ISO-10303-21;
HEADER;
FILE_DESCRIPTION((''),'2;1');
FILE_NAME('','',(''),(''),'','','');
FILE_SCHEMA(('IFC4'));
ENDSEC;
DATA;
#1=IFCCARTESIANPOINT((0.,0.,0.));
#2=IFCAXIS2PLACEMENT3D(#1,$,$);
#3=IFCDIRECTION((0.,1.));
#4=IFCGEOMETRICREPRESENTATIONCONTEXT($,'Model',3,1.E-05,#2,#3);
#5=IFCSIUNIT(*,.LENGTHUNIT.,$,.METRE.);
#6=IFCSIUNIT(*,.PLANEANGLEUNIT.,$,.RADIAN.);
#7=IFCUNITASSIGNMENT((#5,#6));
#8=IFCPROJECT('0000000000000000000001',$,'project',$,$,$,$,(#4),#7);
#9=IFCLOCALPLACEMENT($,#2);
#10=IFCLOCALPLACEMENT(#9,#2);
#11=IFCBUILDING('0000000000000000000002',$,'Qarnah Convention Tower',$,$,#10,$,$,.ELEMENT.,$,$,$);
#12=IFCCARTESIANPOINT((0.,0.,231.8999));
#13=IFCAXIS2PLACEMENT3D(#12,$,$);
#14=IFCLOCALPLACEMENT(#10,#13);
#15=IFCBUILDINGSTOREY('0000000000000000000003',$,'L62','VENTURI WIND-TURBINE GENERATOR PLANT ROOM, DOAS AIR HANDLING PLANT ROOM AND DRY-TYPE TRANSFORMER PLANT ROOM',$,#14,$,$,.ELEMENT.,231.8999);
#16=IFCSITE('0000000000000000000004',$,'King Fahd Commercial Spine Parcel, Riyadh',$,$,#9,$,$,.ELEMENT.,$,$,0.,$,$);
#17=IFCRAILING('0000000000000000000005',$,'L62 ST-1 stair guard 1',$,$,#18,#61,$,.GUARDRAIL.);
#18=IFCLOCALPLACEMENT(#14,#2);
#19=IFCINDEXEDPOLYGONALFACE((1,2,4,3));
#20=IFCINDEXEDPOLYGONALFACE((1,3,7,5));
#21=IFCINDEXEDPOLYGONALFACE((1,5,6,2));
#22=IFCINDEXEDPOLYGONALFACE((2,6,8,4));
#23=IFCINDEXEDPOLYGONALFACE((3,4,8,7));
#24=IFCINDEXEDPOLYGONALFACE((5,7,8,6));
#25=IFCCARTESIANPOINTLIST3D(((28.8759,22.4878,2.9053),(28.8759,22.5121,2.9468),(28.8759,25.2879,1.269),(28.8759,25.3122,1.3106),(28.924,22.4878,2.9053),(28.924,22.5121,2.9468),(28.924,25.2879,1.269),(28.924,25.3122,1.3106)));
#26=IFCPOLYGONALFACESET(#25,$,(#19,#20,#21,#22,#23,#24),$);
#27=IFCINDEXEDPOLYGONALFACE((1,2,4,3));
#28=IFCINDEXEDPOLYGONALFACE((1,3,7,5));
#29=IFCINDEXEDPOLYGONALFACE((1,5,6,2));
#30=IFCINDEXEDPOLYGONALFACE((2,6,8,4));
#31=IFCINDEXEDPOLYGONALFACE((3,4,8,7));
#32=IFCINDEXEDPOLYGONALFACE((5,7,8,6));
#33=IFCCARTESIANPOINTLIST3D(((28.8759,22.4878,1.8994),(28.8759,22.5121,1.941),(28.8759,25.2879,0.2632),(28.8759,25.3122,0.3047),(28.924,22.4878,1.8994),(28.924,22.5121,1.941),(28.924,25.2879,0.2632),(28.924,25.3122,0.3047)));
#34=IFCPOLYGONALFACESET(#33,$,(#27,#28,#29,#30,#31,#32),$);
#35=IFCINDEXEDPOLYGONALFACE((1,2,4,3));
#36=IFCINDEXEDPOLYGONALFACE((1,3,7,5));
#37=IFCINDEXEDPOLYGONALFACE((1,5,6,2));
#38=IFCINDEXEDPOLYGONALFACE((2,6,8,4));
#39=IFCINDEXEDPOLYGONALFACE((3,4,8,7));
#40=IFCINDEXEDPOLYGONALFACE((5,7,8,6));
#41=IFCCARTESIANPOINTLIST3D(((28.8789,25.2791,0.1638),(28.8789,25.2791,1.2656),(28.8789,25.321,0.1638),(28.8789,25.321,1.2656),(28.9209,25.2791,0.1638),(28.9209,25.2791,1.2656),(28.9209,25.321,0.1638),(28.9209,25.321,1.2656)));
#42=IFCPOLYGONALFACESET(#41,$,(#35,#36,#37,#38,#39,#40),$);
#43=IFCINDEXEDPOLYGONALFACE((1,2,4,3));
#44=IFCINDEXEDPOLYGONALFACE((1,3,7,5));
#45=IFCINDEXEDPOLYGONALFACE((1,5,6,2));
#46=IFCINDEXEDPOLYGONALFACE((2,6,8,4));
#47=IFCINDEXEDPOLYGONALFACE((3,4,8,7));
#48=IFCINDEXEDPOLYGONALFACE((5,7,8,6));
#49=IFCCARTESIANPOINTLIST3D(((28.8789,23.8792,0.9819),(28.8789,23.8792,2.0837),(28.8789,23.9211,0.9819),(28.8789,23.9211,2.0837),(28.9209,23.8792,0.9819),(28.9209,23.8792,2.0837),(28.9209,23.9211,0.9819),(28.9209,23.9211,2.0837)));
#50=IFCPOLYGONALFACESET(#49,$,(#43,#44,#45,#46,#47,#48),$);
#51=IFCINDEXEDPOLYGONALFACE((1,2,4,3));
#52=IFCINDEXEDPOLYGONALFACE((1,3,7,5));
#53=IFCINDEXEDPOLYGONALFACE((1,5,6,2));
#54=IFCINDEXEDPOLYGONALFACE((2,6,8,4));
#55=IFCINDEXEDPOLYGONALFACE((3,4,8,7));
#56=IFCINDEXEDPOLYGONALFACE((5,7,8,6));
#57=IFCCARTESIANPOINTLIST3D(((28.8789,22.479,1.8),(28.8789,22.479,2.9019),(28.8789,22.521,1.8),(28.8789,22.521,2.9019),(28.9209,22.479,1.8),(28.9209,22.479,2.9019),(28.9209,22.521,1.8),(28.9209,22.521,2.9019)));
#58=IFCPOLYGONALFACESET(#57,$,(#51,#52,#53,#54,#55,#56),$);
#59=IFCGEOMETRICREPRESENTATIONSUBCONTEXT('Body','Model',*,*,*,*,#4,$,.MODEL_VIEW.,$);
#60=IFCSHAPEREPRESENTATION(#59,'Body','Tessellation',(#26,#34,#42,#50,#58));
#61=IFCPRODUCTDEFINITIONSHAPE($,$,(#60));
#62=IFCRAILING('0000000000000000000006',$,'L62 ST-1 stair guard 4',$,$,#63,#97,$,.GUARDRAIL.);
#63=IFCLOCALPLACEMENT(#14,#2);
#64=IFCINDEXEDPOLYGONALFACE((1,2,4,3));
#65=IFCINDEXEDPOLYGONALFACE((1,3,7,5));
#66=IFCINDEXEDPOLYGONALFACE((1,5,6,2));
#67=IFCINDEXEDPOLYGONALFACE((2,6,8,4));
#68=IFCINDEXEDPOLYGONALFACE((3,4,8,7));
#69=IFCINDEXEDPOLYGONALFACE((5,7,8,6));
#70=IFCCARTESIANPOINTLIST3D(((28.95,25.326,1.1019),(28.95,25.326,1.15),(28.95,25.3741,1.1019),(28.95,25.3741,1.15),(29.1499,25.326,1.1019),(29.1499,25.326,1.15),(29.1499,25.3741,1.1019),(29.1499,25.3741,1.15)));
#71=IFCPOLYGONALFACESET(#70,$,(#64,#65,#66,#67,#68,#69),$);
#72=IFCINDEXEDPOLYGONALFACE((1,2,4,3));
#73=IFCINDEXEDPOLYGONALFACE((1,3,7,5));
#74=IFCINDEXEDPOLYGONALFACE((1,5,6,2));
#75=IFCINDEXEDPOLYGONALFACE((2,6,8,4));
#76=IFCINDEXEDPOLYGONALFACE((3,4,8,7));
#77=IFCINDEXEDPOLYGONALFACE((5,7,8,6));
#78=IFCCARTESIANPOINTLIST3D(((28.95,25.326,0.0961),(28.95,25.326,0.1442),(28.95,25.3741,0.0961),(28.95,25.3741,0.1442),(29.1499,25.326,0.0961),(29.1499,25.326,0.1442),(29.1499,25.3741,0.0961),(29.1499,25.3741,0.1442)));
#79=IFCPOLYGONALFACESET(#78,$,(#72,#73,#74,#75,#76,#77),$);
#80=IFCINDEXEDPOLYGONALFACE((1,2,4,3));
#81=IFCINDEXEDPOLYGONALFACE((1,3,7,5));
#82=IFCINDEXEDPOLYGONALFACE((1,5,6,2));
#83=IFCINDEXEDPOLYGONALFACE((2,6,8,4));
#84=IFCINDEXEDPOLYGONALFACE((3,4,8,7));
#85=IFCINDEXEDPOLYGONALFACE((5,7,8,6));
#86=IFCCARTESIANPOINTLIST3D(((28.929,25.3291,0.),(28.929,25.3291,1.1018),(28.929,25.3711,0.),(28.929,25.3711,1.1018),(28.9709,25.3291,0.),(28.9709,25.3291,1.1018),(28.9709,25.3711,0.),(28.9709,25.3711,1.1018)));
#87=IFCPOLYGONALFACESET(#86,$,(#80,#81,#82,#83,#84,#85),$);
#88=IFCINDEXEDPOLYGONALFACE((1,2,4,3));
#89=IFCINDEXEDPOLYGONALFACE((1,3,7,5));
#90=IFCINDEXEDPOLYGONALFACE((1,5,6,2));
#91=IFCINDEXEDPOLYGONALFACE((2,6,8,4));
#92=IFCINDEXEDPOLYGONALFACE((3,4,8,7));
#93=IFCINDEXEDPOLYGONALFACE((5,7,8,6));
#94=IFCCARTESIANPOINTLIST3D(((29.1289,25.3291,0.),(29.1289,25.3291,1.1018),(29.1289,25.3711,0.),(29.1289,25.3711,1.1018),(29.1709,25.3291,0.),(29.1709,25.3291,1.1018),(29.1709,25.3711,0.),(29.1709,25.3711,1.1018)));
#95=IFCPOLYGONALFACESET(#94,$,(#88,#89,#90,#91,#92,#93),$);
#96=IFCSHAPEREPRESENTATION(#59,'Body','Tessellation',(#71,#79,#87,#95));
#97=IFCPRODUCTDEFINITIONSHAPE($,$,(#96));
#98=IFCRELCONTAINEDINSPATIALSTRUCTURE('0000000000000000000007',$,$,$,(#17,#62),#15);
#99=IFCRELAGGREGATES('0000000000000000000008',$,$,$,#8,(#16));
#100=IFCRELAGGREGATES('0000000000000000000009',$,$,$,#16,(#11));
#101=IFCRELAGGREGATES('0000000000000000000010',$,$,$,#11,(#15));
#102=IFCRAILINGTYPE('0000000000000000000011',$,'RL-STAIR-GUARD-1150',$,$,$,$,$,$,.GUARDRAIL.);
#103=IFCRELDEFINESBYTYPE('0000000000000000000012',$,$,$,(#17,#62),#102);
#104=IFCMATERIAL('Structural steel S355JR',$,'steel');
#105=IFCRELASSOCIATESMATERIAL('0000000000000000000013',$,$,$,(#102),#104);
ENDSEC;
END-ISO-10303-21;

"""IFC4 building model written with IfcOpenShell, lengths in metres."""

from ifc_helpers import new_model, si_unit, direction, frame, origin, origin_2d, place, context, subcontext, project, spatial, rectangle, extrude, material, type_object, element, save


model = new_model("IFC4")

# Units and contexts
model_context = context("Model", 3, precision=1e-05, world=origin(), true_north=direction((0.0, 1.0)))
body_context = subcontext(model_context, "Body", "Model", "MODEL_VIEW")
ifc_project = project(units=[si_unit("LENGTHUNIT", "METRE"), si_unit("PLANEANGLEUNIT", "RADIAN")], contexts=[model_context])

# Site, building, storey
site_placement = place(None, origin())
site = spatial("IfcSite", under=ifc_project, at=site_placement, Name="King Fahd Commercial Spine Parcel, Riyadh", CompositionType="ELEMENT", RefElevation=0.0)
building_placement = place(site_placement, origin())
building = spatial("IfcBuilding", under=site, at=building_placement, Name="Qarnah Convention Tower", CompositionType="ELEMENT")
storey_placement = place(building_placement, frame((0.0, 0.0, 231.8999)))
storey = spatial("IfcBuildingStorey", under=building, at=storey_placement, Name="L62", Description="VENTURI WIND-TURBINE GENERATOR PLANT ROOM, DOAS AIR HANDLING PLANT ROOM AND DRY-TYPE TRANSFORMER PLANT ROOM", CompositionType="ELEMENT", Elevation=231.8999)

# Shared definitions
ifc_material_1 = material(Name="Structural steel S355JR", Category="steel")

# Railings
railing_type = type_object("IfcRailingType", Name="RL-STAIR-GUARD-1150", PredefinedType="GUARDRAIL", material=ifc_material_1)
railing_1_placement = place(storey_placement, frame((28.8999, 25.3, 0.1638)))
element("IfcRailing", 1, at=railing_1_placement, inside=storey, type_object=railing_type, Name="L62 ST-1 stair guard 1", PredefinedType="GUARDRAIL", context=body_context, shape_type="SweptSolid", body=[
    extrude(rectangle(XDim=0.0481, YDim=0.0481, at=origin_2d()), frame((0.0, 0.0, 1.126), z_axis=(0.0, -0.863394, 0.504531), x_axis=(1.0, 0.0, 0.0)), (0.0, 0.0, 1.0), 3.2432),
    extrude(rectangle(XDim=0.0481, YDim=0.0481, at=origin_2d()), frame((0.0, 0.0, 0.1201), z_axis=(0.0, -0.863394, 0.504531), x_axis=(1.0, 0.0, 0.0)), (0.0, 0.0, 1.0), 3.2432),
    extrude(rectangle(XDim=0.042, YDim=0.042, at=origin_2d()), origin(), (0.0, 0.0, 1.0), 1.1018),
    extrude(rectangle(XDim=0.042, YDim=0.042, at=origin_2d()), frame((0.0, -1.3999, 0.8181)), (0.0, 0.0, 1.0), 1.1018),
    extrude(rectangle(XDim=0.042, YDim=0.042, at=origin_2d()), frame((0.0, -2.8, 1.6362)), (0.0, 0.0, 1.0), 1.1018),
])
railing_2_placement = place(storey_placement, frame((28.95, 25.3501, 0.0)))
element("IfcRailing", 2, at=railing_2_placement, inside=storey, type_object=railing_type, Name="L62 ST-1 stair guard 4", PredefinedType="GUARDRAIL", context=body_context, shape_type="SweptSolid", body=[
    extrude(rectangle(XDim=0.0481, YDim=0.0481, at=origin_2d()), frame((0.0, 0.0, 1.126), z_axis=(1.0, 0.0, 0.0), x_axis=(0.0, 1.0, 0.0)), (0.0, 0.0, 1.0), 0.2),
    extrude(rectangle(XDim=0.0481, YDim=0.0481, at=origin_2d()), frame((0.0, 0.0, 0.1201), z_axis=(1.0, 0.0, 0.0), x_axis=(0.0, 1.0, 0.0)), (0.0, 0.0, 1.0), 0.2),
    extrude(rectangle(XDim=0.042, YDim=0.042, at=origin_2d()), origin(), (0.0, 0.0, 1.0), 1.1018),
    extrude(rectangle(XDim=0.042, YDim=0.042, at=origin_2d()), frame((0.2, 0.0, 0.0)), (0.0, 0.0, 1.0), 1.1018),
])

save(model, "model.ifc")
